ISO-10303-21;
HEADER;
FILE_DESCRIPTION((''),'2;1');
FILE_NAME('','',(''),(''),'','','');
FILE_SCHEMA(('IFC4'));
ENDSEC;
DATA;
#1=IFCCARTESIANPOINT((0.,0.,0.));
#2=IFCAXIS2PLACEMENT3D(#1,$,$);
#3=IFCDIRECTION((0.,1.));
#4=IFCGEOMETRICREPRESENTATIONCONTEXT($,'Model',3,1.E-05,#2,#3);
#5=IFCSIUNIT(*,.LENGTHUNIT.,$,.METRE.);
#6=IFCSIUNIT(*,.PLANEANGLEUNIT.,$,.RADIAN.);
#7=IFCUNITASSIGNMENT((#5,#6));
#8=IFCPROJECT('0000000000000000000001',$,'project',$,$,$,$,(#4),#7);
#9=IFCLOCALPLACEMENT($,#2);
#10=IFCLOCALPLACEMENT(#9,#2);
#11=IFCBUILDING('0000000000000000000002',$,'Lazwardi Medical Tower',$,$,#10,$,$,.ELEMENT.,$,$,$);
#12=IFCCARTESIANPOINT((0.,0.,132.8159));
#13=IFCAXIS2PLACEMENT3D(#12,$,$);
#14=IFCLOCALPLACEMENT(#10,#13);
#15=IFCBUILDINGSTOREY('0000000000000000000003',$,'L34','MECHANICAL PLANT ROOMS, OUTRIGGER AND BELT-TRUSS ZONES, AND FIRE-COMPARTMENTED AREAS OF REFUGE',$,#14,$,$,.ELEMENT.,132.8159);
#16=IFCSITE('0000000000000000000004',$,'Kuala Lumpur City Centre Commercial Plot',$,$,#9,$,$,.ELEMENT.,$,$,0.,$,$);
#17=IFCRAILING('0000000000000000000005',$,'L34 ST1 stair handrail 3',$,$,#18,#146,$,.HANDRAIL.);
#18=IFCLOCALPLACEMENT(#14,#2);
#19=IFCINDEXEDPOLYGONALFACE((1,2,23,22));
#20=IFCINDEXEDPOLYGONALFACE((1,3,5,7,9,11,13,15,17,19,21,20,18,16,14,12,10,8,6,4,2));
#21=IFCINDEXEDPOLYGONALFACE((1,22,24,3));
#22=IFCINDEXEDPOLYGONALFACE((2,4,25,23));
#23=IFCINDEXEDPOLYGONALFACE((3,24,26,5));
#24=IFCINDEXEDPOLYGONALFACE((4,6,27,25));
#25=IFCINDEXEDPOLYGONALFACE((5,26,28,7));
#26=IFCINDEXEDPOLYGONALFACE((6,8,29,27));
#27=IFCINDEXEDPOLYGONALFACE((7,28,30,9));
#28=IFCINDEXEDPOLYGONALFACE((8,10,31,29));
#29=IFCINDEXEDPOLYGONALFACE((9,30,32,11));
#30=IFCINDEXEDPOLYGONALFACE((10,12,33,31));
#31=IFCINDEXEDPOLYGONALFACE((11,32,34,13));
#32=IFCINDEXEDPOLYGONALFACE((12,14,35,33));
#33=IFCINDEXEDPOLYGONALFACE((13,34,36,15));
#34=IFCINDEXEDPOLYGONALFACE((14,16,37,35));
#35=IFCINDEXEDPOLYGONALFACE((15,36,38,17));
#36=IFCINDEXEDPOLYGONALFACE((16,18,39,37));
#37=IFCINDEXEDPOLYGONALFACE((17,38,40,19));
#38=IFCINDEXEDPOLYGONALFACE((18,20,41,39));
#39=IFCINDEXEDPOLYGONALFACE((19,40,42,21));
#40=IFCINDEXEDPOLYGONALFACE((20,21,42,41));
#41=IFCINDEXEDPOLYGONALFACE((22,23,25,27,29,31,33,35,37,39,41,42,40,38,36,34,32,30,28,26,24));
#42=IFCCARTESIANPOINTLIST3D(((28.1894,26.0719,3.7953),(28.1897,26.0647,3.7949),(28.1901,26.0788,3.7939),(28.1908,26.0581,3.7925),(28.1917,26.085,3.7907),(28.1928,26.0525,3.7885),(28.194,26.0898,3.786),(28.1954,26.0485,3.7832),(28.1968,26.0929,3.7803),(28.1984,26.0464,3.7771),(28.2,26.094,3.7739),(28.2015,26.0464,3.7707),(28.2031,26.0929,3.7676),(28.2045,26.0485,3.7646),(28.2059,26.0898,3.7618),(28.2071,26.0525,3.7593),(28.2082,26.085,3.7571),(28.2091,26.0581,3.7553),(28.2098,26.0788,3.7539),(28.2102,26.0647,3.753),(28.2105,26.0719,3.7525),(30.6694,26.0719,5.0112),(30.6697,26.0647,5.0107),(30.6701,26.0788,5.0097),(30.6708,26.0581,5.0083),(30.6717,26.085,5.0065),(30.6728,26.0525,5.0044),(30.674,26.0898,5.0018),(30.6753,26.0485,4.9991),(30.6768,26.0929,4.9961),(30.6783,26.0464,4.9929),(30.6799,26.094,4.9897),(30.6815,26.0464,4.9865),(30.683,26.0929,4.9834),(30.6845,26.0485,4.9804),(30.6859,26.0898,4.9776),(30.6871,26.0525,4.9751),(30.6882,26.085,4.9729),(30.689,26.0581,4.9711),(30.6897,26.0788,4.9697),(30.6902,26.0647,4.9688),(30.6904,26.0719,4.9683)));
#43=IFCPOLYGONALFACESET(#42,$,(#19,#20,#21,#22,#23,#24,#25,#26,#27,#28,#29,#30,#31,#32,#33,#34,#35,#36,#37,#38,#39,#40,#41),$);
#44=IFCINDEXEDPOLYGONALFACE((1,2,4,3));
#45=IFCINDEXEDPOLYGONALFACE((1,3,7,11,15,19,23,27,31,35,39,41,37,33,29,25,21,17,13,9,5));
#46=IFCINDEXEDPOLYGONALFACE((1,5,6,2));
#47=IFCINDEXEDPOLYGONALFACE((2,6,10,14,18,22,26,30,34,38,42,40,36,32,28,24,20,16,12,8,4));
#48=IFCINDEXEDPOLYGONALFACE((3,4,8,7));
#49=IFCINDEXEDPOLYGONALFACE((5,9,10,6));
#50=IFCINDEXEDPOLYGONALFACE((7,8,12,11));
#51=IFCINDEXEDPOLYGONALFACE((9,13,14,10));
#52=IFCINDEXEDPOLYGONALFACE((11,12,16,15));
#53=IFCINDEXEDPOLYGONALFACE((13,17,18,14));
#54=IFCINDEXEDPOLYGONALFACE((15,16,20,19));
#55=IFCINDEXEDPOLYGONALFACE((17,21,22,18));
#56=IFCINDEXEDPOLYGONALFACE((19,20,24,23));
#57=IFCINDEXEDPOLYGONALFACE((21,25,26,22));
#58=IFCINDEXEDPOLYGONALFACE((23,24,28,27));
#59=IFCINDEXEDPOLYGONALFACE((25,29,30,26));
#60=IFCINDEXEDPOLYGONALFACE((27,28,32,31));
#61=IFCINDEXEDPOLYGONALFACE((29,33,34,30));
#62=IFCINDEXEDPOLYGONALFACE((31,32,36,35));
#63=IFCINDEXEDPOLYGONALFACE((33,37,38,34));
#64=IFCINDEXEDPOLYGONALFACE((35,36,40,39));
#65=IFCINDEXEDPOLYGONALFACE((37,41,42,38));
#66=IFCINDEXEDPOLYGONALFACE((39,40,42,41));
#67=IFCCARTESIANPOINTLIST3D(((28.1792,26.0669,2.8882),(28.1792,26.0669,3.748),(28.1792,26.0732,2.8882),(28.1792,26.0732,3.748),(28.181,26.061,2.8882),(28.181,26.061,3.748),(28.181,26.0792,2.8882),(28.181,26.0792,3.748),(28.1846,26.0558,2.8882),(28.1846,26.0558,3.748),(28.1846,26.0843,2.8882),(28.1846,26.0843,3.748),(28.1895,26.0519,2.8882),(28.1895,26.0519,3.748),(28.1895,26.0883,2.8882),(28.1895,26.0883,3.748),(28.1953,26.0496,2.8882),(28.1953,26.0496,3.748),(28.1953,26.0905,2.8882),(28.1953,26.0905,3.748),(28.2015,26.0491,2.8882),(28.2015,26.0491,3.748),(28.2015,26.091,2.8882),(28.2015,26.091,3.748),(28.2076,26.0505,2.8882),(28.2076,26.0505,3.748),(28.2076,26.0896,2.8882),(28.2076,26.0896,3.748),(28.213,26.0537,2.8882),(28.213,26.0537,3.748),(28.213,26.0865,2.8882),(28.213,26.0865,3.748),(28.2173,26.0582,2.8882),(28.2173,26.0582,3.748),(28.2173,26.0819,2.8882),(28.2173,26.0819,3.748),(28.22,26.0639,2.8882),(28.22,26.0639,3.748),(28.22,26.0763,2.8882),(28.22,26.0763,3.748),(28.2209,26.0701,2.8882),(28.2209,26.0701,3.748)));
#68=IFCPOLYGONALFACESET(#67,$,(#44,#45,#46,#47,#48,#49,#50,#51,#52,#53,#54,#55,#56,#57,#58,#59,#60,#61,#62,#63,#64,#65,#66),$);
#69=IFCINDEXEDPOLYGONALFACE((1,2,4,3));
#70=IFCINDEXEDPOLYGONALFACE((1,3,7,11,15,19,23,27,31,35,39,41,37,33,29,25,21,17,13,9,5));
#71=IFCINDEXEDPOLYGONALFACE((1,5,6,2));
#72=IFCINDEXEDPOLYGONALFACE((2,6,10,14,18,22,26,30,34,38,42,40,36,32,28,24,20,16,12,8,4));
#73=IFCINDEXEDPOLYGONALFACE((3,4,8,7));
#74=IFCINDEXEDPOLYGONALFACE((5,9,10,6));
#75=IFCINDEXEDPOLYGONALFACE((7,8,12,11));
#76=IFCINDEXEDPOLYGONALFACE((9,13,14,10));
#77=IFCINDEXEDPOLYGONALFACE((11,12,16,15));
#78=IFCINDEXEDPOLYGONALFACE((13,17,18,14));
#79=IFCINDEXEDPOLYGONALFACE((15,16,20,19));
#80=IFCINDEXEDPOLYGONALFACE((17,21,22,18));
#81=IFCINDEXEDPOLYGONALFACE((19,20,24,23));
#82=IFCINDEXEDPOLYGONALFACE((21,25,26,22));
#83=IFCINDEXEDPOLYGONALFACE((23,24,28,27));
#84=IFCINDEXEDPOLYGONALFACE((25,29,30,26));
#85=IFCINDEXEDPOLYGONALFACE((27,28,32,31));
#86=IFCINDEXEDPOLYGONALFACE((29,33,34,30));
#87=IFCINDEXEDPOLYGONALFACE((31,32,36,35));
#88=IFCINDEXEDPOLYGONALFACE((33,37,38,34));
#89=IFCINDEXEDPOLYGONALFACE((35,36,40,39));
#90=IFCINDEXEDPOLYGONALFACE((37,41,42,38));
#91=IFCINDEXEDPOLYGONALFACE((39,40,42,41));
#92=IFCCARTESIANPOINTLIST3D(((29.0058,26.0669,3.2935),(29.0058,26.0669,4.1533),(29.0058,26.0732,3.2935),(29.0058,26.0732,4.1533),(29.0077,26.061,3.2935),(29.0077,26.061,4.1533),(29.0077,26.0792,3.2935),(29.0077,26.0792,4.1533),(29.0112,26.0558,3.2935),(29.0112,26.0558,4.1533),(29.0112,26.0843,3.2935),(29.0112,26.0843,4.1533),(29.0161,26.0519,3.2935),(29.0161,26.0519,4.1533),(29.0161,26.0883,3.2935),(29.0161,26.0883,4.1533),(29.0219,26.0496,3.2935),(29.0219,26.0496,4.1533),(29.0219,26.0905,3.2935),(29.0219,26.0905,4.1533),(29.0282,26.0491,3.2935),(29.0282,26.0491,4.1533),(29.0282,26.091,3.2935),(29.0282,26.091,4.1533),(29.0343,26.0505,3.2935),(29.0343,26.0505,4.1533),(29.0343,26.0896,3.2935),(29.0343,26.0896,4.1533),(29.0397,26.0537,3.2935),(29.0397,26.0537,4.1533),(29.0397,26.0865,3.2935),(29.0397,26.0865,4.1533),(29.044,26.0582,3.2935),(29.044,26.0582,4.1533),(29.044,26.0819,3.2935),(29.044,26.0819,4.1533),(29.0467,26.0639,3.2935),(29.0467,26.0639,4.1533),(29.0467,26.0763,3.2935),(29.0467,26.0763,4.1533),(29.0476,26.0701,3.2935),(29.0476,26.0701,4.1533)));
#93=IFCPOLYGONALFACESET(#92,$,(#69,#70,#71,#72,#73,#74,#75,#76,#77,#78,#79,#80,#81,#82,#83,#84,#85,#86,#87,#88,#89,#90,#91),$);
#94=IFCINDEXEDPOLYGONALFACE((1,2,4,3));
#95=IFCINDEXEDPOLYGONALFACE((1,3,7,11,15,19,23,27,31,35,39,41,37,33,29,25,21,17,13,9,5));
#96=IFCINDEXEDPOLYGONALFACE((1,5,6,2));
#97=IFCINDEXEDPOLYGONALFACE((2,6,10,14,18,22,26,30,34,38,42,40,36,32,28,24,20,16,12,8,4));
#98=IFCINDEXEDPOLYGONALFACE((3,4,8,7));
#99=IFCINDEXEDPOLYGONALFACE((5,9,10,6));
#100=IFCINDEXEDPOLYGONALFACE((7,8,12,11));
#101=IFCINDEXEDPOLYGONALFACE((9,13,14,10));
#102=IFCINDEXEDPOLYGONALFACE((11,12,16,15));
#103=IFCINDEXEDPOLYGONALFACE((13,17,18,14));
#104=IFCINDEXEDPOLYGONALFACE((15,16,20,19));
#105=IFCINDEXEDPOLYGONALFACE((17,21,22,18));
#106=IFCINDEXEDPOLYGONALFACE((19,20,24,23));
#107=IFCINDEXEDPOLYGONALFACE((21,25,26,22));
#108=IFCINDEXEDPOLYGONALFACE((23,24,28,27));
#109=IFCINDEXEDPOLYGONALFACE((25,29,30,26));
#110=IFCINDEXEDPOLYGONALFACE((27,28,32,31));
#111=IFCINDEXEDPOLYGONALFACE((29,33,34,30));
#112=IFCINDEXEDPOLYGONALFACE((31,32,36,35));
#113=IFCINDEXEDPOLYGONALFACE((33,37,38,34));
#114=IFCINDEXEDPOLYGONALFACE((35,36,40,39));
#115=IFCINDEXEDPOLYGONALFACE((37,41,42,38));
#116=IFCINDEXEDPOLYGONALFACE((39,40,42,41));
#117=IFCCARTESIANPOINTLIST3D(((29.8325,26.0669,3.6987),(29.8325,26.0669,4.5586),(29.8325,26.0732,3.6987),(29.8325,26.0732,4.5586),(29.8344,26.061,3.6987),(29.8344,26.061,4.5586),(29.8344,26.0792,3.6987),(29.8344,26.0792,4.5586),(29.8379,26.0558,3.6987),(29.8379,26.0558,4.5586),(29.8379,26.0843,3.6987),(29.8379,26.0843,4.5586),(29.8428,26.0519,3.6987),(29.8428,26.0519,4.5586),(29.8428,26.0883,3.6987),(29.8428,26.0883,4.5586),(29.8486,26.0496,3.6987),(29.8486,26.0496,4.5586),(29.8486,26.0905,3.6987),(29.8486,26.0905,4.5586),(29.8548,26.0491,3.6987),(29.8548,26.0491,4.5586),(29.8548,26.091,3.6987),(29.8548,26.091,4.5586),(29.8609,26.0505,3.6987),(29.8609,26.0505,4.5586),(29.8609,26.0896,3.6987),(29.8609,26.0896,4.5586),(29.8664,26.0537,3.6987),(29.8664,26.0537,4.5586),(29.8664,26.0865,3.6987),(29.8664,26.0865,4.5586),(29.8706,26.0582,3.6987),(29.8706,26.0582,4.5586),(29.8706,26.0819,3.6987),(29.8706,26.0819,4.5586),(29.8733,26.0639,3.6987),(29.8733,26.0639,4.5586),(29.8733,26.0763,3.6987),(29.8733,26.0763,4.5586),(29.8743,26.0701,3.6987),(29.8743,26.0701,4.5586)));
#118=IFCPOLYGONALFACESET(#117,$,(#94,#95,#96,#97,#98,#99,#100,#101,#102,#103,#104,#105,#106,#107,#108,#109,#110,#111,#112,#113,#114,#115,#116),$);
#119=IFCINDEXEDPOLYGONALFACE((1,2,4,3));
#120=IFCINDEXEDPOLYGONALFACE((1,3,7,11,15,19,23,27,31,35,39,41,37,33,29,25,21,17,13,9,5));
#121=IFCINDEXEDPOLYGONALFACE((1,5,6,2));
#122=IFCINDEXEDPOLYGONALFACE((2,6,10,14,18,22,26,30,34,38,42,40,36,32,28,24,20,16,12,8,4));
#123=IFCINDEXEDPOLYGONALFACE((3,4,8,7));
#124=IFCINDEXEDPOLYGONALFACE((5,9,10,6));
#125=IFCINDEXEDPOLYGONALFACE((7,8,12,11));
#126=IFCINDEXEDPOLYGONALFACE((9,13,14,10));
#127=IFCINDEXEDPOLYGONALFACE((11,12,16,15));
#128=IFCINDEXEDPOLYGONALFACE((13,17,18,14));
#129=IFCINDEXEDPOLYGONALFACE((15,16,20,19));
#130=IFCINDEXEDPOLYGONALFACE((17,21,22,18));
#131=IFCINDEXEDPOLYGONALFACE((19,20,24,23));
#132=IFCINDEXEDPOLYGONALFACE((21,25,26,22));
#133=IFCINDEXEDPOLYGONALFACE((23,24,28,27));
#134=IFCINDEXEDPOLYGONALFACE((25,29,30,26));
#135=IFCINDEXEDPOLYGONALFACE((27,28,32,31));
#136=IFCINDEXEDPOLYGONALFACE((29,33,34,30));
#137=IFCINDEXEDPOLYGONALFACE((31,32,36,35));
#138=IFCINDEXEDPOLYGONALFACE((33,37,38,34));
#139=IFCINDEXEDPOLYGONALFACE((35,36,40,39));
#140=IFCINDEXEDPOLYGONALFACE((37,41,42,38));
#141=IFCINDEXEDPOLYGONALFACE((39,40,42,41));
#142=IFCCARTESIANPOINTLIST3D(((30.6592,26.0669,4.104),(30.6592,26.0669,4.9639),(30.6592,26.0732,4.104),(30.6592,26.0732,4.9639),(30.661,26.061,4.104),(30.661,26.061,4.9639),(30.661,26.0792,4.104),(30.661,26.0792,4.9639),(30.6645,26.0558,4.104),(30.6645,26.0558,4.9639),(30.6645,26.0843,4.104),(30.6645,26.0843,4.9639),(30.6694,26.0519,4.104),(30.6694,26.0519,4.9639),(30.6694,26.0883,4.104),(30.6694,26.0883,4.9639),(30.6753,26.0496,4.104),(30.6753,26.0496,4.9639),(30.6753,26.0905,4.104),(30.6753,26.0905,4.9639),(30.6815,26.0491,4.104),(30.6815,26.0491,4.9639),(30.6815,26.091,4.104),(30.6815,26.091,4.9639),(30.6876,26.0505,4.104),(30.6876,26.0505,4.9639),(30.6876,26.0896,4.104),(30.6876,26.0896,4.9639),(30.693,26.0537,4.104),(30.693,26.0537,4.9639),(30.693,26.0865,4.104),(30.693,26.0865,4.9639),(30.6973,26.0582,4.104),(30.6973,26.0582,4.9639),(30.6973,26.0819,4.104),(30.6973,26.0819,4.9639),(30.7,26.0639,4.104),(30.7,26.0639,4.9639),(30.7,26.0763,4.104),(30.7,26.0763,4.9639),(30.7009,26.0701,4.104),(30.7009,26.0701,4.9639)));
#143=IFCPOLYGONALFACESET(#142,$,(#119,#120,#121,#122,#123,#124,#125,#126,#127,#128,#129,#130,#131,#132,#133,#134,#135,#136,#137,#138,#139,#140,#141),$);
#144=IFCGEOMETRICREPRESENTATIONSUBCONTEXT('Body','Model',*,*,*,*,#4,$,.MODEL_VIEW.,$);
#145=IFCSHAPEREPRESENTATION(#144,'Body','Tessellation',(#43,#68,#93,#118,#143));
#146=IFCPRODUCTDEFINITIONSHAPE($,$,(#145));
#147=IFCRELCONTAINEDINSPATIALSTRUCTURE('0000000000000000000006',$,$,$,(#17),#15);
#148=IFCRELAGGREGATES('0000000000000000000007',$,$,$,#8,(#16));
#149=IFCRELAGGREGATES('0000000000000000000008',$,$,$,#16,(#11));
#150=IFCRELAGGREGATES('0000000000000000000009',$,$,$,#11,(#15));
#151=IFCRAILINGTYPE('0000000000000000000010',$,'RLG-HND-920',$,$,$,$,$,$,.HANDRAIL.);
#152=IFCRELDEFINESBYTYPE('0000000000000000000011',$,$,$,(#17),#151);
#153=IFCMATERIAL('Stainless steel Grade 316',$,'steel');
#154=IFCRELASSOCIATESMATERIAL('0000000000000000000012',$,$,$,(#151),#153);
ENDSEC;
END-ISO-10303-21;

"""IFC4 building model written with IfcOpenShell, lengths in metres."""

from ifc_helpers import new_model, si_unit, direction, frame, origin, origin_2d, place, context, subcontext, project, spatial, circle, extrude, material, type_object, element, save


model = new_model("IFC4")

# Units and contexts
model_context = context("Model", 3, precision=1e-05, world=origin(), true_north=direction((0.0, 1.0)))
body_context = subcontext(model_context, "Body", "Model", "MODEL_VIEW")
ifc_project = project(units=[si_unit("LENGTHUNIT", "METRE"), si_unit("PLANEANGLEUNIT", "RADIAN")], contexts=[model_context])

# Site, building, storey
site_placement = place(None, origin())
site = spatial("IfcSite", under=ifc_project, at=site_placement, Name="Kuala Lumpur City Centre Commercial Plot", CompositionType="ELEMENT", RefElevation=0.0)
building_placement = place(site_placement, origin())
building = spatial("IfcBuilding", under=site, at=building_placement, Name="Lazwardi Medical Tower", CompositionType="ELEMENT")
storey_placement = place(building_placement, frame((0.0, 0.0, 132.8159)))
storey = spatial("IfcBuildingStorey", under=building, at=storey_placement, Name="L34", Description="MECHANICAL PLANT ROOMS, OUTRIGGER AND BELT-TRUSS ZONES, AND FIRE-COMPARTMENTED AREAS OF REFUGE", CompositionType="ELEMENT", Elevation=132.8159)

# Railing
ifc_material_1 = material(Name="Stainless steel Grade 316", Category="steel")
railing_type = type_object("IfcRailingType", Name="RLG-HND-920", PredefinedType="HANDRAIL", material=ifc_material_1)
railing_1_placement = place(storey_placement, frame((28.2, 26.0701, 2.8882)))
element("IfcRailing", 1, at=railing_1_placement, inside=storey, type_object=railing_type, Name="L34 ST1 stair handrail 3", PredefinedType="HANDRAIL", context=body_context, shape_type="SweptSolid", body=[
    extrude(circle(Radius=0.0239, at=origin_2d()), frame((0.0, 0.0, 0.8857), z_axis=(0.8979, 0.0, 0.440199), x_axis=(0.0, 1.0, 0.0)), (0.0, 0.0, 1.0), 2.762),
    extrude(circle(Radius=0.021, at=origin_2d()), origin(), (0.0, 0.0, 1.0), 0.8599),
    extrude(circle(Radius=0.021, at=origin_2d()), frame((0.8267, 0.0, 0.4053)), (0.0, 0.0, 1.0), 0.8599),
    extrude(circle(Radius=0.021, at=origin_2d()), frame((1.6533, 0.0, 0.8105)), (0.0, 0.0, 1.0), 0.8599),
    extrude(circle(Radius=0.021, at=origin_2d()), frame((2.48, 0.0, 1.2158)), (0.0, 0.0, 1.0), 0.8599),
])

save(model, "model.ifc")
